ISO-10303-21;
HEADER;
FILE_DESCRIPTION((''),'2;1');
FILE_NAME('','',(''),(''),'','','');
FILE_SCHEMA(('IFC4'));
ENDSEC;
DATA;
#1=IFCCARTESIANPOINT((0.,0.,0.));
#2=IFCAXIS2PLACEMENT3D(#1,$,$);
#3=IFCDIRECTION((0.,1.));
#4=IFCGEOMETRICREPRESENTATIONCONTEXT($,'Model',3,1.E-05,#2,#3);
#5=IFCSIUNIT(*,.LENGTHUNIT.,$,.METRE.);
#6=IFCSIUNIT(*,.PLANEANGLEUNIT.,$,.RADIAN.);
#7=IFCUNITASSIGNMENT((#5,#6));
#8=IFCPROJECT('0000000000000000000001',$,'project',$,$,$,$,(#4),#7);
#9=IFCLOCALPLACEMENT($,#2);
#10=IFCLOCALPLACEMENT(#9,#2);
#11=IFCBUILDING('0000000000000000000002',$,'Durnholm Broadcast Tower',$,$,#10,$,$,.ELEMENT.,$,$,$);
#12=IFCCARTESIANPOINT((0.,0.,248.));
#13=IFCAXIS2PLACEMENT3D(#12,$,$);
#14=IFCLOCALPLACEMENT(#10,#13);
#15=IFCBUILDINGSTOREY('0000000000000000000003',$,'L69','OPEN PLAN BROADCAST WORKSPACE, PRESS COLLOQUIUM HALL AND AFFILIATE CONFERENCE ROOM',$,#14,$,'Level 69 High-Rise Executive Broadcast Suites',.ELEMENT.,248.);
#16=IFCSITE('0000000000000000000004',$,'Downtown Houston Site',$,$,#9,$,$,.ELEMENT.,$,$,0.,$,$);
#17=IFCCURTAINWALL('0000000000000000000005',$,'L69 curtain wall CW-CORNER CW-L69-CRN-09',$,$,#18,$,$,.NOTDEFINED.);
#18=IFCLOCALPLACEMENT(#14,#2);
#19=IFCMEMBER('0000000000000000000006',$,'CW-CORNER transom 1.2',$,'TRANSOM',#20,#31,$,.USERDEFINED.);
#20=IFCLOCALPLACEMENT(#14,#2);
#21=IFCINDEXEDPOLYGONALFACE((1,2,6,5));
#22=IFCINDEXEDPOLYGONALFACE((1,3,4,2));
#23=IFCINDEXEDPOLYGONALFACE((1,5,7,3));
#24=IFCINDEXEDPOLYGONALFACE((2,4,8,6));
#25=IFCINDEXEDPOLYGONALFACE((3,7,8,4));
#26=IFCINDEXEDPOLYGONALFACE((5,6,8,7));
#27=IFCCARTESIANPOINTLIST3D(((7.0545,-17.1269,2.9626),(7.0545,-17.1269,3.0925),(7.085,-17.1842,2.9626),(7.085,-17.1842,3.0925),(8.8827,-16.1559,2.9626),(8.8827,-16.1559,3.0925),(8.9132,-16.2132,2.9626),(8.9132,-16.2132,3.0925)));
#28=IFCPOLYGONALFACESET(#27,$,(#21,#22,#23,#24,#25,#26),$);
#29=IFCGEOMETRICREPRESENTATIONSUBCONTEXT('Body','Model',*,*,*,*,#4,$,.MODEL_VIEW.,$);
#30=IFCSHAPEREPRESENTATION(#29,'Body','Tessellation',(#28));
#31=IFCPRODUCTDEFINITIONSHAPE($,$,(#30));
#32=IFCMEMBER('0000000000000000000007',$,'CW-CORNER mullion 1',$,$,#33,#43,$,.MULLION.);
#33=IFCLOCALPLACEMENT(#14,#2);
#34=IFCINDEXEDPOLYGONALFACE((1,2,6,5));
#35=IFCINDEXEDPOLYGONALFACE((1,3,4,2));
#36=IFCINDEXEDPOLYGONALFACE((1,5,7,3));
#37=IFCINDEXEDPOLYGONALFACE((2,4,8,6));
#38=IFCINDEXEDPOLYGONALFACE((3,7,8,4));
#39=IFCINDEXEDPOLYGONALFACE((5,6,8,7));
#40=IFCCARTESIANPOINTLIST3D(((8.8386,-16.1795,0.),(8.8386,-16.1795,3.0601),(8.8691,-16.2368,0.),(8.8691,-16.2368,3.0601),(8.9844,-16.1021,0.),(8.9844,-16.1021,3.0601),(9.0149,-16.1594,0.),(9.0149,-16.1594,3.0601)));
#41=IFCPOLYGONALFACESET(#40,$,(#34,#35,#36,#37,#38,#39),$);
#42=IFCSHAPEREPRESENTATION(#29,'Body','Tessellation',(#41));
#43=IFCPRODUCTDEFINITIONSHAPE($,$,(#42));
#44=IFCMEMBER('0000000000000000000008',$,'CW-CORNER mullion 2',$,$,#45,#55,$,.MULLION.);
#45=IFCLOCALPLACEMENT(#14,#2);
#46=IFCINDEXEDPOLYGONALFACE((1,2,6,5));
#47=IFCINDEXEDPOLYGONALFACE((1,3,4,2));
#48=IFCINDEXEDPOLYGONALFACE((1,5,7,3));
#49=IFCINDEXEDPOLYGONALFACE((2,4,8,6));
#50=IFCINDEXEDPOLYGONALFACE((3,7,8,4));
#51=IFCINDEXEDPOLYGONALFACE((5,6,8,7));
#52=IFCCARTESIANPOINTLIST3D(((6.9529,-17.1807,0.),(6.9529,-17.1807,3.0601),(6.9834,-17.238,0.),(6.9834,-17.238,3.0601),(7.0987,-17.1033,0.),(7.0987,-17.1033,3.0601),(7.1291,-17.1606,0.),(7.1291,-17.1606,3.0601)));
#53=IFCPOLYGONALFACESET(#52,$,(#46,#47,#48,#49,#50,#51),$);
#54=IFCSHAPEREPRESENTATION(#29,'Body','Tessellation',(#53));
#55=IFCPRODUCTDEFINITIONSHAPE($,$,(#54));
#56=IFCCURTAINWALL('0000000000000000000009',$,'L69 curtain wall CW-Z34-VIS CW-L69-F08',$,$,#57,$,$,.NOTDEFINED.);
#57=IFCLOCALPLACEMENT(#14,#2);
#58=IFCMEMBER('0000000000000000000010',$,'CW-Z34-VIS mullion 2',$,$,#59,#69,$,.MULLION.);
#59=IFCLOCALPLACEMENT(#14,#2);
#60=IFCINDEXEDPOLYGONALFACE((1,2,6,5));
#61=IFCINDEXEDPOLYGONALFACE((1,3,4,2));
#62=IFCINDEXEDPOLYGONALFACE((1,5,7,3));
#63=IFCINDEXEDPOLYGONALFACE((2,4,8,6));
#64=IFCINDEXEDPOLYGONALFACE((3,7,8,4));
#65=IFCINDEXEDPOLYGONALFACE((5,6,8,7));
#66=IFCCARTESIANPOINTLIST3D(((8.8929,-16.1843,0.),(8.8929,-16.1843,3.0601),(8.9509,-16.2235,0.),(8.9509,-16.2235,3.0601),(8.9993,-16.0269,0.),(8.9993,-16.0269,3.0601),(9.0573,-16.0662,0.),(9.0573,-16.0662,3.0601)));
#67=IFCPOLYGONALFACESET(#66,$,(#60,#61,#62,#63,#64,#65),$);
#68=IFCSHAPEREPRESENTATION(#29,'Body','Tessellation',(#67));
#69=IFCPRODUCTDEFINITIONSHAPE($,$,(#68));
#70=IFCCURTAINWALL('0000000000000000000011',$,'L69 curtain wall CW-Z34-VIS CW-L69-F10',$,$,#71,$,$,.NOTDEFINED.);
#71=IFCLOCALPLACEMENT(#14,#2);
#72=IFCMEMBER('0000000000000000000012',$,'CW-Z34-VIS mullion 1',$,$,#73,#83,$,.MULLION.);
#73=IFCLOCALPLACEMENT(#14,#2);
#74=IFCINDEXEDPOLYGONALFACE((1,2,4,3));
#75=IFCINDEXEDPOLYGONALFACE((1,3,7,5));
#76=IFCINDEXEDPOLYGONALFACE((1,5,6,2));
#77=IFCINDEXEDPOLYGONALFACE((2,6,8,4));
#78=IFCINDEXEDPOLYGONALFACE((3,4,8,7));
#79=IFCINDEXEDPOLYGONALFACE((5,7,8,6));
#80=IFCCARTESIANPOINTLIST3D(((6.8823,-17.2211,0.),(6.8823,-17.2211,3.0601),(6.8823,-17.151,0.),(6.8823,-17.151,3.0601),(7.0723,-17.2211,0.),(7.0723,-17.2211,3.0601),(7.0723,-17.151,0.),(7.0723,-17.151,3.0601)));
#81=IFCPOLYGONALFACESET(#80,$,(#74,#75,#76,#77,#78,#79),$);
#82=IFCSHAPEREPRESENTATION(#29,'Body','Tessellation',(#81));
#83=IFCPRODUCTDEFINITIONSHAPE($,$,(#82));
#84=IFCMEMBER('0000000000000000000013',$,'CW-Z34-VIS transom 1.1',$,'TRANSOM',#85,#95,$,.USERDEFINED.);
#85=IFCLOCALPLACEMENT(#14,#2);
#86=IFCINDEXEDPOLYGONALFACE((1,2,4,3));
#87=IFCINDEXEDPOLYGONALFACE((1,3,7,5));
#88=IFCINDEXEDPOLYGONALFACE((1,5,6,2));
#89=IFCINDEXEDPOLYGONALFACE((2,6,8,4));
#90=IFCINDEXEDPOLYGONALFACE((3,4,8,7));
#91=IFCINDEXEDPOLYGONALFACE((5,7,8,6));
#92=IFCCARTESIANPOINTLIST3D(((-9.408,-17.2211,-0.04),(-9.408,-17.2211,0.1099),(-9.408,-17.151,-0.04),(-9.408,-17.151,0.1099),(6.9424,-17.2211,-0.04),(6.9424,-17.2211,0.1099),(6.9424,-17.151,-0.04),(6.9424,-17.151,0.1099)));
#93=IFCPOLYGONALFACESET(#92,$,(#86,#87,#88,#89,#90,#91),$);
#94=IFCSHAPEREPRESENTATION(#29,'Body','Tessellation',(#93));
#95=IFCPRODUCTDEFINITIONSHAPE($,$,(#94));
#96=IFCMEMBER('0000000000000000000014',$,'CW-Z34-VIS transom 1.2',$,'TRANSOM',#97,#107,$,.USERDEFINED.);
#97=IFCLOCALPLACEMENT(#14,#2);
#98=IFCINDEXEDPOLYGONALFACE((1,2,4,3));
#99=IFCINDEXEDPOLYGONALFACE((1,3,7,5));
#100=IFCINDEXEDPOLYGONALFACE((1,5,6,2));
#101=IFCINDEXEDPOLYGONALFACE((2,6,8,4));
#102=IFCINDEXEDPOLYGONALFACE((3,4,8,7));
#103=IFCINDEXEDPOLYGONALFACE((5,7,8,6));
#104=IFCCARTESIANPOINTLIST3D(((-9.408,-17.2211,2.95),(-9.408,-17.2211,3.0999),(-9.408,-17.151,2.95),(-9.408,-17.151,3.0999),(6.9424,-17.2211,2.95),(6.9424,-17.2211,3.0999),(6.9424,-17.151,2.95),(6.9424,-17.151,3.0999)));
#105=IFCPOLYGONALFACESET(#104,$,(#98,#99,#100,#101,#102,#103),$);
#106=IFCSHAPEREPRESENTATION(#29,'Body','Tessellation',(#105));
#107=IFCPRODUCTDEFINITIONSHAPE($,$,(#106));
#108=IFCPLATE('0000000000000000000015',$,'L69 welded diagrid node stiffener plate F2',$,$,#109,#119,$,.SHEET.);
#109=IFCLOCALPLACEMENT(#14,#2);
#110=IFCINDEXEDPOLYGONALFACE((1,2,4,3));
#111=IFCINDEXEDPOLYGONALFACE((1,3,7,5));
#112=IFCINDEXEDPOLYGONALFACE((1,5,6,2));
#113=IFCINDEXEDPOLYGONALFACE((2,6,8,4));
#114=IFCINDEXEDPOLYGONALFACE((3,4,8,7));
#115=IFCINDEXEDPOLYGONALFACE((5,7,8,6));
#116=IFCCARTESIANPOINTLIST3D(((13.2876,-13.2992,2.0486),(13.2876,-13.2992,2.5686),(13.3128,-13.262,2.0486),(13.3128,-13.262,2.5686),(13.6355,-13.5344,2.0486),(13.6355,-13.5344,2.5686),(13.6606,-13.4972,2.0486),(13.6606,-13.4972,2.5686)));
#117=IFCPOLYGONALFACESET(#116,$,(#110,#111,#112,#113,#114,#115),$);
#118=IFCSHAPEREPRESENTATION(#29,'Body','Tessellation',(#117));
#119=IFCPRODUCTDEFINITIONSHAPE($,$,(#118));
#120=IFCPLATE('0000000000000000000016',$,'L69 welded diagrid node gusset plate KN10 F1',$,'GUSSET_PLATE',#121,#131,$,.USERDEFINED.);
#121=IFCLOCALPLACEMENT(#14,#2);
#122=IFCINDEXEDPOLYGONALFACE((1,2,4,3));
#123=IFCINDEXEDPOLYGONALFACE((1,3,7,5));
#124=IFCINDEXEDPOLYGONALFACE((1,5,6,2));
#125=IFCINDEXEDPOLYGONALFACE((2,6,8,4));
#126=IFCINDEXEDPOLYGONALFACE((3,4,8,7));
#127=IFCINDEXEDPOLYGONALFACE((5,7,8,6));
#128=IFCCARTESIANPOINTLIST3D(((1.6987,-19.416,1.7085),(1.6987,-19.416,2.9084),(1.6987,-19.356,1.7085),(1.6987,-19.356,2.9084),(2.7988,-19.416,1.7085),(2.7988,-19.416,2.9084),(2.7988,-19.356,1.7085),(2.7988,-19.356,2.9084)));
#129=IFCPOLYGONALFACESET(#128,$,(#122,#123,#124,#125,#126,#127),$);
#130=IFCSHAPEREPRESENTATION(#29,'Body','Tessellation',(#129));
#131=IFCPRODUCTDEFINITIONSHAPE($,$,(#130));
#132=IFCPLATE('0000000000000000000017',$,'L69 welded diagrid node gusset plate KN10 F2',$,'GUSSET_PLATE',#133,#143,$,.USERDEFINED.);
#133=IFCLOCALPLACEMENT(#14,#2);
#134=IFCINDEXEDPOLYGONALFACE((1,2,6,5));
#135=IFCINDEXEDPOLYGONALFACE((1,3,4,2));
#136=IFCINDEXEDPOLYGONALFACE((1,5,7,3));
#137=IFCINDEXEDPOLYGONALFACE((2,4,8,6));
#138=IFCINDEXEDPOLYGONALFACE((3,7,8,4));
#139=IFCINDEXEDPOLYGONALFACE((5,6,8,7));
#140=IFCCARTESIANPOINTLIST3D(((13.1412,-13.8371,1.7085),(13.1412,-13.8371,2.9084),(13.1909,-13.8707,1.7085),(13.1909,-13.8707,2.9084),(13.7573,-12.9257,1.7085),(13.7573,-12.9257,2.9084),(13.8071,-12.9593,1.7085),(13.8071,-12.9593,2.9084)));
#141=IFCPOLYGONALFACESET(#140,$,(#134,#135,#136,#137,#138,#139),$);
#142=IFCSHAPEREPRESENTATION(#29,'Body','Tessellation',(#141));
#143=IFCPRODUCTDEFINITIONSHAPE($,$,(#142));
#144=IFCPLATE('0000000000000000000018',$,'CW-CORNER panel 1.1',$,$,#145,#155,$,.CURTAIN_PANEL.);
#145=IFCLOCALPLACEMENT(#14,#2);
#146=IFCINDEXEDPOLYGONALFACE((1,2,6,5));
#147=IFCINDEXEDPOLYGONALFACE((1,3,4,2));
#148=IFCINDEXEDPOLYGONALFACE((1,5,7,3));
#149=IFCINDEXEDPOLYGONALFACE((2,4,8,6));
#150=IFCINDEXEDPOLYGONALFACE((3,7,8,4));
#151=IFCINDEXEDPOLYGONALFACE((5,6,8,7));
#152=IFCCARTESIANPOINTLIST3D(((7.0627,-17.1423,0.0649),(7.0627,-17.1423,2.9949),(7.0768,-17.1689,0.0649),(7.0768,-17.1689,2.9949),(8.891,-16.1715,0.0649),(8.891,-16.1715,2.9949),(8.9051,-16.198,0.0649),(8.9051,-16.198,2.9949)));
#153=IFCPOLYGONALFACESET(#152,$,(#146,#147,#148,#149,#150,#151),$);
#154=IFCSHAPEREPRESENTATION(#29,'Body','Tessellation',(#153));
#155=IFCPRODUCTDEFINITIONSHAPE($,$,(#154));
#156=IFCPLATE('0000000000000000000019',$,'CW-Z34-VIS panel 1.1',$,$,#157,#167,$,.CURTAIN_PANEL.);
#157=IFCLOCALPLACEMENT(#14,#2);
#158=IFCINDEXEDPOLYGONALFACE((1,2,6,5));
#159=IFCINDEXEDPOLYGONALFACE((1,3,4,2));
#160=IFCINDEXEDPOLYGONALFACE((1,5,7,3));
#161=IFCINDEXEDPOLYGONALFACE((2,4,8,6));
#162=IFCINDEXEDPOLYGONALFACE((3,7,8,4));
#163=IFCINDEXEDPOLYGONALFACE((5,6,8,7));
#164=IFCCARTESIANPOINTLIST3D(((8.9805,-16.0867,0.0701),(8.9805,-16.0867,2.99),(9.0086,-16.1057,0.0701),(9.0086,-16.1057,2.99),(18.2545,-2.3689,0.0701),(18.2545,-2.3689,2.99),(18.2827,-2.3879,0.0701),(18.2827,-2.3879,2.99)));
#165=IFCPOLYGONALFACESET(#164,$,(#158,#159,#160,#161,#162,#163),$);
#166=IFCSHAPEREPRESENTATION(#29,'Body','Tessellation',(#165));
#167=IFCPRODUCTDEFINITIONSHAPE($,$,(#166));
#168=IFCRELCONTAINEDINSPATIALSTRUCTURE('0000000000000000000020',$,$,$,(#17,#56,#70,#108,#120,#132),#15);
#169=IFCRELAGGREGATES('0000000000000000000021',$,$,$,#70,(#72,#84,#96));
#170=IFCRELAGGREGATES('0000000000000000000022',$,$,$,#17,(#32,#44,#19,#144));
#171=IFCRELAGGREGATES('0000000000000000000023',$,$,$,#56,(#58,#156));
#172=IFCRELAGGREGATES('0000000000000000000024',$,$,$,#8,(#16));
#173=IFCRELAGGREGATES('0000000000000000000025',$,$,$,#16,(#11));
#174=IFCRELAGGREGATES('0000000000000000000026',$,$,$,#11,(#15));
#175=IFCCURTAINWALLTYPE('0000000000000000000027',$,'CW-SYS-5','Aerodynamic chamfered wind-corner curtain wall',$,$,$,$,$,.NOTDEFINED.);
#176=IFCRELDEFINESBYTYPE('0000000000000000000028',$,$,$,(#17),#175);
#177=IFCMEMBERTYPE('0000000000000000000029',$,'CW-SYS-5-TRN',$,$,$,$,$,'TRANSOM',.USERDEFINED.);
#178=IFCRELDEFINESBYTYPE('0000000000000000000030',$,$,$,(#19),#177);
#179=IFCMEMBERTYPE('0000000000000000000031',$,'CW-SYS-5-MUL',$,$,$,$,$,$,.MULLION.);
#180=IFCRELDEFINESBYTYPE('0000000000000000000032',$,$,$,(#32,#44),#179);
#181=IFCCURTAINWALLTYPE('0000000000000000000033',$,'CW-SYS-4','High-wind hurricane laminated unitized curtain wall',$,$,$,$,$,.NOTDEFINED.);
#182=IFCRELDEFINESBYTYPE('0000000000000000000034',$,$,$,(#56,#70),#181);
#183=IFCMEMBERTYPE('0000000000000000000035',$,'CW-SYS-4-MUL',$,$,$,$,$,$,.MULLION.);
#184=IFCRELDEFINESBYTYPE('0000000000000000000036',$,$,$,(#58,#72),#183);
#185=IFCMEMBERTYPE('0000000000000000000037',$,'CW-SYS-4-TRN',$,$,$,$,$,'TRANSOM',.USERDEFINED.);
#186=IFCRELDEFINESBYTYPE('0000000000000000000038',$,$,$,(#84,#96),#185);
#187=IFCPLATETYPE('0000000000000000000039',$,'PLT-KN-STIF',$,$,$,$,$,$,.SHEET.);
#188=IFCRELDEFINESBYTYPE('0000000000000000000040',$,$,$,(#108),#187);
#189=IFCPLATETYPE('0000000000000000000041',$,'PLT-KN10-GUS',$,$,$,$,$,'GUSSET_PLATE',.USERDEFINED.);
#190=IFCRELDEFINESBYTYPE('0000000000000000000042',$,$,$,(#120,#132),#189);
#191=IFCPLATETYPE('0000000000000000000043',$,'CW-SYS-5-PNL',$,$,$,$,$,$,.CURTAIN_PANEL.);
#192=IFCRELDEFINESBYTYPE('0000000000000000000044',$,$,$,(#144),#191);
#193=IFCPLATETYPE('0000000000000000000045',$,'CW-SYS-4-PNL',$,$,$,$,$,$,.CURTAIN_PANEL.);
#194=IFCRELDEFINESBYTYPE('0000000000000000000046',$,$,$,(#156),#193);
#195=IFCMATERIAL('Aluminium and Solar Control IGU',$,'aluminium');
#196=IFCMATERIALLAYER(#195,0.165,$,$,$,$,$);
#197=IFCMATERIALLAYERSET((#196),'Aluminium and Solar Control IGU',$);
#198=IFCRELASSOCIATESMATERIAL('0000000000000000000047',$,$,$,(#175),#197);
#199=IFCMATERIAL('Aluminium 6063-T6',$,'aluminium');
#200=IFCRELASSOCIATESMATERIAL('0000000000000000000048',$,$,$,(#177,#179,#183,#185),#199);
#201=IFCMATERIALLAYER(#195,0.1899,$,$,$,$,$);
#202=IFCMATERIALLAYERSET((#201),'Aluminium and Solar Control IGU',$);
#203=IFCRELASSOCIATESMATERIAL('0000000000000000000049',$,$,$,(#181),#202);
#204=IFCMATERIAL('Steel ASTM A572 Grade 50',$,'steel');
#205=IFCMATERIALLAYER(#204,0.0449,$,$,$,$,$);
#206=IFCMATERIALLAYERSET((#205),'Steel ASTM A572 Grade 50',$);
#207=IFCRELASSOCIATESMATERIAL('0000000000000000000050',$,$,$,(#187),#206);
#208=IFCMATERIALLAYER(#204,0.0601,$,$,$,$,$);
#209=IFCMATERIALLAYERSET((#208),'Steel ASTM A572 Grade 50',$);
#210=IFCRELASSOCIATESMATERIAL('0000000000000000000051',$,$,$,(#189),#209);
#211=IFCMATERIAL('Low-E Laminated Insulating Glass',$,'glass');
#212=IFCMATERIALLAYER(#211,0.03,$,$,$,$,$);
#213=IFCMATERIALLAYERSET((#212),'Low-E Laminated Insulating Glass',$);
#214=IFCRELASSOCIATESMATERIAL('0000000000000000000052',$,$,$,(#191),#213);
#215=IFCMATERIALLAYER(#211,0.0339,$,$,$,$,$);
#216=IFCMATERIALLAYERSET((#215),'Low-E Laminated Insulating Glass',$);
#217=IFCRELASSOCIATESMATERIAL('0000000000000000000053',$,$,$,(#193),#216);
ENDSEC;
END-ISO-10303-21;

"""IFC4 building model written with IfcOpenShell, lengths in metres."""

from ifc_helpers import new_model, si_unit, direction, frame, origin, origin_2d, place, context, subcontext, project, spatial, rectangle, extrude, source, transform, mapped, material, layer, layer_set, material_profile, profile_set, type_object, type_shapes, element, aggregate, save


model = new_model("IFC4")

# Units and contexts
model_context = context("Model", 3, precision=1e-05, world=origin(), true_north=direction((0.0, 1.0)))
body_context = subcontext(model_context, "Body", "Model", "MODEL_VIEW")
ifc_project = project(units=[si_unit("LENGTHUNIT", "METRE"), si_unit("PLANEANGLEUNIT", "RADIAN")], contexts=[model_context])

# Site, building, storey
site_placement = place(None, origin())
site = spatial("IfcSite", under=ifc_project, at=site_placement, Name="Downtown Houston Site", CompositionType="ELEMENT", RefElevation=0.0)
building_placement = place(site_placement, origin())
building = spatial("IfcBuilding", under=site, at=building_placement, Name="Durnholm Broadcast Tower", CompositionType="ELEMENT")
storey_placement = place(building_placement, frame((0.0, 0.0, 248.0)))
storey = spatial("IfcBuildingStorey", under=building, at=storey_placement, Name="L69", Description="OPEN PLAN BROADCAST WORKSPACE, PRESS COLLOQUIUM HALL AND AFFILIATE CONFERENCE ROOM", LongName="Level 69 High-Rise Executive Broadcast Suites", CompositionType="ELEMENT", Elevation=248.0)

# Curtain wall, members
ifc_material_1 = material(Name="Aluminium and Solar Control IGU", Category="aluminium")
ifc_layer_1 = layer(ifc_material_1, 0.165)
ifc_layer_set_1 = layer_set([ifc_layer_1], Name="Aluminium and Solar Control IGU")
curtain_wall_type_1 = type_object("IfcCurtainWallType", Name="CW-SYS-5", Description="Aerodynamic chamfered wind-corner curtain wall", PredefinedType="NOTDEFINED", material=ifc_layer_set_1)
curtain_wall_1_placement = place(storey_placement, origin())
curtain_wall_1 = element("IfcCurtainWall", 1, at=curtain_wall_1_placement, inside=storey, type_object=curtain_wall_type_1, Name="L69 curtain wall CW-CORNER CW-L69-CRN-09", PredefinedType="NOTDEFINED")
ifc_material_2 = material(Name="Aluminium 6063-T6", Category="aluminium")
ifc_material_profile_1 = material_profile(ifc_material_2, rectangle(XDim=0.0649, YDim=0.1299, at=origin_2d()), Name="CWT65X130")
ifc_profile_set_1 = profile_set([ifc_material_profile_1], Name="Aluminium 6063-T6")
member_type_1 = type_object("IfcMemberType", Name="CW-SYS-5-TRN", ElementType="TRANSOM", PredefinedType="USERDEFINED", material=ifc_profile_set_1)
shared_shape_1 = source(origin(), body_context, "Body", "SweptSolid", [
    extrude(rectangle(XDim=0.0649, YDim=0.1299, at=origin_2d()), origin(), (0.0, 0.0, 1.0), 2.0701),
])
type_shapes(member_type_1, [shared_shape_1])
member_1_placement = place(storey_placement, frame((8.8979, -16.1846, 3.0276), z_axis=(-0.883165, -0.469063, 0.0), x_axis=(0.469063, -0.883165, 0.0)))
member_1 = element("IfcMember", 2, at=member_1_placement, type_object=member_type_1, Name="CW-CORNER transom 1.2", ObjectType="TRANSOM", PredefinedType="USERDEFINED", context=body_context, shape_type="MappedRepresentation", body=[
    mapped(shared_shape_1, transform((0.0, 0.0, 0.0), x_axis=(1.0, 0.0, 0.0), y_axis=(0.0, 1.0, 0.0), z_axis=(0.0, 0.0, 1.0), scale=1.0)),
])
ifc_material_profile_2 = material_profile(ifc_material_2, rectangle(XDim=0.0649, YDim=0.165, at=origin_2d()), Name="CWM65X165")
ifc_profile_set_2 = profile_set([ifc_material_profile_2], Name="Aluminium 6063-T6")
member_type_2 = type_object("IfcMemberType", Name="CW-SYS-5-MUL", PredefinedType="MULLION", material=ifc_profile_set_2)
shared_shape_2 = source(origin(), body_context, "Body", "SweptSolid", [
    extrude(rectangle(XDim=0.0649, YDim=0.165, at=origin_2d()), origin(), (0.0, 0.0, 1.0), 3.0601),
])
type_shapes(member_type_2, [shared_shape_2])
member_2_placement = place(storey_placement, frame((8.9268, -16.1694, 0.0), z_axis=(0.0, 0.0, 1.0), x_axis=(0.469007, -0.883195, 0.0)))
member_2 = element("IfcMember", 3, at=member_2_placement, type_object=member_type_2, Name="CW-CORNER mullion 1", PredefinedType="MULLION", context=body_context, shape_type="MappedRepresentation", body=[
    mapped(shared_shape_2, transform((0.0, 0.0, 0.0), x_axis=(1.0, 0.0, 0.0), y_axis=(0.0, 1.0, 0.0), z_axis=(0.0, 0.0, 1.0), scale=1.0)),
])
member_3_placement = place(storey_placement, frame((7.041, -17.1707, 0.0), z_axis=(0.0, 0.0, 1.0), x_axis=(0.469007, -0.883195, 0.0)))
member_3 = element("IfcMember", 4, at=member_3_placement, type_object=member_type_2, Name="CW-CORNER mullion 2", PredefinedType="MULLION", context=body_context, shape_type="MappedRepresentation", body=[
    mapped(shared_shape_2, transform((0.0, 0.0, 0.0), x_axis=(1.0, 0.0, 0.0), y_axis=(0.0, 1.0, 0.0), z_axis=(0.0, 0.0, 1.0), scale=1.0)),
])

# Curtain wall, member
ifc_layer_2 = layer(ifc_material_1, 0.1899)
ifc_layer_set_2 = layer_set([ifc_layer_2], Name="Aluminium and Solar Control IGU")
curtain_wall_type_2 = type_object("IfcCurtainWallType", Name="CW-SYS-4", Description="High-wind hurricane laminated unitized curtain wall", PredefinedType="NOTDEFINED", material=ifc_layer_set_2)
curtain_wall_2_placement = place(storey_placement, origin())
curtain_wall_2 = element("IfcCurtainWall", 5, at=curtain_wall_2_placement, inside=storey, type_object=curtain_wall_type_2, Name="L69 curtain wall CW-Z34-VIS CW-L69-F08", PredefinedType="NOTDEFINED")
ifc_material_profile_3 = material_profile(ifc_material_2, rectangle(XDim=0.0701, YDim=0.1899, at=origin_2d()), Name="CWM70X190")
ifc_profile_set_3 = profile_set([ifc_material_profile_3], Name="Aluminium 6063-T6")
member_type_3 = type_object("IfcMemberType", Name="CW-SYS-4-MUL", PredefinedType="MULLION", material=ifc_profile_set_3)
shared_shape_3 = source(origin(), body_context, "Body", "SweptSolid", [
    extrude(rectangle(XDim=0.0701, YDim=0.1899, at=origin_2d()), origin(), (0.0, 0.0, 1.0), 3.0601),
])
type_shapes(member_type_3, [shared_shape_3])
member_4_placement = place(storey_placement, frame((8.9751, -16.1252, 0.0), z_axis=(0.0, 0.0, 1.0), x_axis=(0.828443, -0.560073, 0.0)))
member_4 = element("IfcMember", 6, at=member_4_placement, type_object=member_type_3, Name="CW-Z34-VIS mullion 2", PredefinedType="MULLION", context=body_context, shape_type="MappedRepresentation", body=[
    mapped(shared_shape_3, transform((0.0, 0.0, 0.0), x_axis=(1.0, 0.0, 0.0), y_axis=(0.0, 1.0, 0.0), z_axis=(0.0, 0.0, 1.0), scale=1.0)),
])

# Curtain wall, members
curtain_wall_3_placement = place(storey_placement, origin())
curtain_wall_3 = element("IfcCurtainWall", 7, at=curtain_wall_3_placement, inside=storey, type_object=curtain_wall_type_2, Name="L69 curtain wall CW-Z34-VIS CW-L69-F10", PredefinedType="NOTDEFINED")
member_5_placement = place(storey_placement, frame((6.9773, -17.186, 0.0), z_axis=(0.0, 0.0, 1.0), x_axis=(0.0, -1.0, 0.0)))
member_5 = element("IfcMember", 8, at=member_5_placement, type_object=member_type_3, Name="CW-Z34-VIS mullion 1", PredefinedType="MULLION", context=body_context, shape_type="MappedRepresentation", body=[
    mapped(shared_shape_3, transform((0.0, 0.0, 0.0), x_axis=(1.0, 0.0, 0.0), y_axis=(0.0, 1.0, 0.0), z_axis=(0.0, 0.0, 1.0), scale=1.0)),
])
ifc_material_profile_4 = material_profile(ifc_material_2, rectangle(XDim=0.0701, YDim=0.1499, at=origin_2d()), Name="CWT70X150")
ifc_profile_set_4 = profile_set([ifc_material_profile_4], Name="Aluminium 6063-T6")
member_type_4 = type_object("IfcMemberType", Name="CW-SYS-4-TRN", ElementType="TRANSOM", PredefinedType="USERDEFINED", material=ifc_profile_set_4)
shared_shape_4 = source(origin(), body_context, "Body", "SweptSolid", [
    extrude(rectangle(XDim=0.0701, YDim=0.1499, at=origin_2d()), origin(), (0.0, 0.0, 1.0), 16.3503),
])
type_shapes(member_type_4, [shared_shape_4])
member_6_placement = place(storey_placement, frame((6.9424, -17.186, 0.0349), z_axis=(-1.0, 0.0, 0.0), x_axis=(0.0, -1.0, 0.0)))
member_6 = element("IfcMember", 9, at=member_6_placement, type_object=member_type_4, Name="CW-Z34-VIS transom 1.1", ObjectType="TRANSOM", PredefinedType="USERDEFINED", context=body_context, shape_type="MappedRepresentation", body=[
    mapped(shared_shape_4, transform((0.0, 0.0, 0.0), x_axis=(1.0, 0.0, 0.0), y_axis=(0.0, 1.0, 0.0), z_axis=(0.0, 0.0, 1.0), scale=1.0)),
])
member_7_placement = place(storey_placement, frame((6.9424, -17.186, 3.0249), z_axis=(-1.0, 0.0, 0.0), x_axis=(0.0, -1.0, 0.0)))
member_7 = element("IfcMember", 10, at=member_7_placement, type_object=member_type_4, Name="CW-Z34-VIS transom 1.2", ObjectType="TRANSOM", PredefinedType="USERDEFINED", context=body_context, shape_type="MappedRepresentation", body=[
    mapped(shared_shape_4, transform((0.0, 0.0, 0.0), x_axis=(1.0, 0.0, 0.0), y_axis=(0.0, 1.0, 0.0), z_axis=(0.0, 0.0, 1.0), scale=1.0)),
])
aggregate(curtain_wall_3, [member_5, member_6, member_7])

# Plates
ifc_material_3 = material(Name="Steel ASTM A572 Grade 50", Category="steel")
ifc_layer_3 = layer(ifc_material_3, 0.0449)
ifc_layer_set_3 = layer_set([ifc_layer_3], Name="Steel ASTM A572 Grade 50")
plate_type_1 = type_object("IfcPlateType", Name="PLT-KN-STIF", PredefinedType="SHEET", material=ifc_layer_set_3)
shared_shape_5 = source(origin(), body_context, "Body", "SweptSolid", [
    extrude(rectangle(XDim=0.0449, YDim=0.4199, at=origin_2d()), origin(), (0.0, 0.0, 1.0), 0.52),
])
type_shapes(plate_type_1, [shared_shape_5])
plate_1_placement = place(storey_placement, frame((13.4741, -13.3982, 2.0486), z_axis=(0.0, 0.0, 1.0), x_axis=(0.560061, 0.828452, 0.0)))
element("IfcPlate", 11, at=plate_1_placement, inside=storey, type_object=plate_type_1, Name="L69 welded diagrid node stiffener plate F2", PredefinedType="SHEET", context=body_context, shape_type="MappedRepresentation", body=[
    mapped(shared_shape_5, transform((0.0, 0.0, 0.0), x_axis=(1.0, 0.0, 0.0), y_axis=(0.0, 1.0, 0.0), z_axis=(0.0, 0.0, 1.0), scale=1.0)),
])
ifc_layer_4 = layer(ifc_material_3, 0.0601)
ifc_layer_set_4 = layer_set([ifc_layer_4], Name="Steel ASTM A572 Grade 50")
plate_type_2 = type_object("IfcPlateType", Name="PLT-KN10-GUS", ElementType="GUSSET_PLATE", PredefinedType="USERDEFINED", material=ifc_layer_set_4)
shared_shape_6 = source(origin(), body_context, "Body", "SweptSolid", [
    extrude(rectangle(XDim=1.1001, YDim=0.0601, at=origin_2d()), origin(), (0.0, 0.0, 1.0), 1.2),
])
type_shapes(plate_type_2, [shared_shape_6])
for number, where, z_axis, x_axis, name in (
    (12, (2.2488, -19.386, 1.7085), (0.0, 0.0, 1.0), (1.0, 0.0, 0.0), "L69 welded diagrid node gusset plate KN10 F1"),
    (13, (13.4741, -13.3982, 1.7085), (0.0, 0.0, 1.0), (0.560061, 0.828452, 0.0), "L69 welded diagrid node gusset plate KN10 F2"),
):
    element("IfcPlate", number, at=place(storey_placement, frame(where, z_axis=z_axis, x_axis=x_axis)), inside=storey, type_object=plate_type_2, Name=name, ObjectType="GUSSET_PLATE", PredefinedType="USERDEFINED", context=body_context, shape_type="MappedRepresentation", body=[
        mapped(shared_shape_6, transform((0.0, 0.0, 0.0), x_axis=(1.0, 0.0, 0.0), y_axis=(0.0, 1.0, 0.0), z_axis=(0.0, 0.0, 1.0), scale=1.0)),
    ])

# Plates
ifc_material_4 = material(Name="Low-E Laminated Insulating Glass", Category="glass")
ifc_layer_5 = layer(ifc_material_4, 0.03)
ifc_layer_set_5 = layer_set([ifc_layer_5], Name="Low-E Laminated Insulating Glass")
plate_type_3 = type_object("IfcPlateType", Name="CW-SYS-5-PNL", PredefinedType="CURTAIN_PANEL", material=ifc_layer_set_5)
shared_shape_7 = source(origin(), body_context, "Body", "SweptSolid", [
    extrude(rectangle(XDim=2.0701, YDim=0.03, at=origin_2d()), origin(), (0.0, 0.0, 1.0), 2.9299),
])
type_shapes(plate_type_3, [shared_shape_7])
plate_2_placement = place(storey_placement, frame((7.9839, -16.6702, 0.0649), z_axis=(0.0, 0.0, 1.0), x_axis=(-0.883195, -0.469007, 0.0)))
plate_2 = element("IfcPlate", 14, at=plate_2_placement, type_object=plate_type_3, Name="CW-CORNER panel 1.1", PredefinedType="CURTAIN_PANEL", context=body_context, shape_type="MappedRepresentation", body=[
    mapped(shared_shape_7, transform((0.0, 0.0, 0.0), x_axis=(1.0, 0.0, 0.0), y_axis=(0.0, 1.0, 0.0), z_axis=(0.0, 0.0, 1.0), scale=1.0)),
])
aggregate(curtain_wall_1, [member_2, member_3, member_1, plate_2])
ifc_layer_6 = layer(ifc_material_4, 0.0339)
ifc_layer_set_6 = layer_set([ifc_layer_6], Name="Low-E Laminated Insulating Glass")
plate_type_4 = type_object("IfcPlateType", Name="CW-SYS-4-PNL", PredefinedType="CURTAIN_PANEL", material=ifc_layer_set_6)
shared_shape_8 = source(origin(), body_context, "Body", "SweptSolid", [
    extrude(rectangle(XDim=16.5586, YDim=0.0339, at=origin_2d()), origin(), (0.0, 0.0, 1.0), 2.9199),
])
type_shapes(plate_type_4, [shared_shape_8])
plate_3_placement = place(storey_placement, frame((13.6316, -9.2373, 0.0701), z_axis=(0.0, 0.0, 1.0), x_axis=(-0.560073, -0.828443, 0.0)))
plate_3 = element("IfcPlate", 15, at=plate_3_placement, type_object=plate_type_4, Name="CW-Z34-VIS panel 1.1", PredefinedType="CURTAIN_PANEL", context=body_context, shape_type="MappedRepresentation", body=[
    mapped(shared_shape_8, transform((0.0, 0.0, 0.0), x_axis=(1.0, 0.0, 0.0), y_axis=(0.0, 1.0, 0.0), z_axis=(0.0, 0.0, 1.0), scale=1.0)),
])
aggregate(curtain_wall_2, [member_4, plate_3])

save(model, "model.ifc")
